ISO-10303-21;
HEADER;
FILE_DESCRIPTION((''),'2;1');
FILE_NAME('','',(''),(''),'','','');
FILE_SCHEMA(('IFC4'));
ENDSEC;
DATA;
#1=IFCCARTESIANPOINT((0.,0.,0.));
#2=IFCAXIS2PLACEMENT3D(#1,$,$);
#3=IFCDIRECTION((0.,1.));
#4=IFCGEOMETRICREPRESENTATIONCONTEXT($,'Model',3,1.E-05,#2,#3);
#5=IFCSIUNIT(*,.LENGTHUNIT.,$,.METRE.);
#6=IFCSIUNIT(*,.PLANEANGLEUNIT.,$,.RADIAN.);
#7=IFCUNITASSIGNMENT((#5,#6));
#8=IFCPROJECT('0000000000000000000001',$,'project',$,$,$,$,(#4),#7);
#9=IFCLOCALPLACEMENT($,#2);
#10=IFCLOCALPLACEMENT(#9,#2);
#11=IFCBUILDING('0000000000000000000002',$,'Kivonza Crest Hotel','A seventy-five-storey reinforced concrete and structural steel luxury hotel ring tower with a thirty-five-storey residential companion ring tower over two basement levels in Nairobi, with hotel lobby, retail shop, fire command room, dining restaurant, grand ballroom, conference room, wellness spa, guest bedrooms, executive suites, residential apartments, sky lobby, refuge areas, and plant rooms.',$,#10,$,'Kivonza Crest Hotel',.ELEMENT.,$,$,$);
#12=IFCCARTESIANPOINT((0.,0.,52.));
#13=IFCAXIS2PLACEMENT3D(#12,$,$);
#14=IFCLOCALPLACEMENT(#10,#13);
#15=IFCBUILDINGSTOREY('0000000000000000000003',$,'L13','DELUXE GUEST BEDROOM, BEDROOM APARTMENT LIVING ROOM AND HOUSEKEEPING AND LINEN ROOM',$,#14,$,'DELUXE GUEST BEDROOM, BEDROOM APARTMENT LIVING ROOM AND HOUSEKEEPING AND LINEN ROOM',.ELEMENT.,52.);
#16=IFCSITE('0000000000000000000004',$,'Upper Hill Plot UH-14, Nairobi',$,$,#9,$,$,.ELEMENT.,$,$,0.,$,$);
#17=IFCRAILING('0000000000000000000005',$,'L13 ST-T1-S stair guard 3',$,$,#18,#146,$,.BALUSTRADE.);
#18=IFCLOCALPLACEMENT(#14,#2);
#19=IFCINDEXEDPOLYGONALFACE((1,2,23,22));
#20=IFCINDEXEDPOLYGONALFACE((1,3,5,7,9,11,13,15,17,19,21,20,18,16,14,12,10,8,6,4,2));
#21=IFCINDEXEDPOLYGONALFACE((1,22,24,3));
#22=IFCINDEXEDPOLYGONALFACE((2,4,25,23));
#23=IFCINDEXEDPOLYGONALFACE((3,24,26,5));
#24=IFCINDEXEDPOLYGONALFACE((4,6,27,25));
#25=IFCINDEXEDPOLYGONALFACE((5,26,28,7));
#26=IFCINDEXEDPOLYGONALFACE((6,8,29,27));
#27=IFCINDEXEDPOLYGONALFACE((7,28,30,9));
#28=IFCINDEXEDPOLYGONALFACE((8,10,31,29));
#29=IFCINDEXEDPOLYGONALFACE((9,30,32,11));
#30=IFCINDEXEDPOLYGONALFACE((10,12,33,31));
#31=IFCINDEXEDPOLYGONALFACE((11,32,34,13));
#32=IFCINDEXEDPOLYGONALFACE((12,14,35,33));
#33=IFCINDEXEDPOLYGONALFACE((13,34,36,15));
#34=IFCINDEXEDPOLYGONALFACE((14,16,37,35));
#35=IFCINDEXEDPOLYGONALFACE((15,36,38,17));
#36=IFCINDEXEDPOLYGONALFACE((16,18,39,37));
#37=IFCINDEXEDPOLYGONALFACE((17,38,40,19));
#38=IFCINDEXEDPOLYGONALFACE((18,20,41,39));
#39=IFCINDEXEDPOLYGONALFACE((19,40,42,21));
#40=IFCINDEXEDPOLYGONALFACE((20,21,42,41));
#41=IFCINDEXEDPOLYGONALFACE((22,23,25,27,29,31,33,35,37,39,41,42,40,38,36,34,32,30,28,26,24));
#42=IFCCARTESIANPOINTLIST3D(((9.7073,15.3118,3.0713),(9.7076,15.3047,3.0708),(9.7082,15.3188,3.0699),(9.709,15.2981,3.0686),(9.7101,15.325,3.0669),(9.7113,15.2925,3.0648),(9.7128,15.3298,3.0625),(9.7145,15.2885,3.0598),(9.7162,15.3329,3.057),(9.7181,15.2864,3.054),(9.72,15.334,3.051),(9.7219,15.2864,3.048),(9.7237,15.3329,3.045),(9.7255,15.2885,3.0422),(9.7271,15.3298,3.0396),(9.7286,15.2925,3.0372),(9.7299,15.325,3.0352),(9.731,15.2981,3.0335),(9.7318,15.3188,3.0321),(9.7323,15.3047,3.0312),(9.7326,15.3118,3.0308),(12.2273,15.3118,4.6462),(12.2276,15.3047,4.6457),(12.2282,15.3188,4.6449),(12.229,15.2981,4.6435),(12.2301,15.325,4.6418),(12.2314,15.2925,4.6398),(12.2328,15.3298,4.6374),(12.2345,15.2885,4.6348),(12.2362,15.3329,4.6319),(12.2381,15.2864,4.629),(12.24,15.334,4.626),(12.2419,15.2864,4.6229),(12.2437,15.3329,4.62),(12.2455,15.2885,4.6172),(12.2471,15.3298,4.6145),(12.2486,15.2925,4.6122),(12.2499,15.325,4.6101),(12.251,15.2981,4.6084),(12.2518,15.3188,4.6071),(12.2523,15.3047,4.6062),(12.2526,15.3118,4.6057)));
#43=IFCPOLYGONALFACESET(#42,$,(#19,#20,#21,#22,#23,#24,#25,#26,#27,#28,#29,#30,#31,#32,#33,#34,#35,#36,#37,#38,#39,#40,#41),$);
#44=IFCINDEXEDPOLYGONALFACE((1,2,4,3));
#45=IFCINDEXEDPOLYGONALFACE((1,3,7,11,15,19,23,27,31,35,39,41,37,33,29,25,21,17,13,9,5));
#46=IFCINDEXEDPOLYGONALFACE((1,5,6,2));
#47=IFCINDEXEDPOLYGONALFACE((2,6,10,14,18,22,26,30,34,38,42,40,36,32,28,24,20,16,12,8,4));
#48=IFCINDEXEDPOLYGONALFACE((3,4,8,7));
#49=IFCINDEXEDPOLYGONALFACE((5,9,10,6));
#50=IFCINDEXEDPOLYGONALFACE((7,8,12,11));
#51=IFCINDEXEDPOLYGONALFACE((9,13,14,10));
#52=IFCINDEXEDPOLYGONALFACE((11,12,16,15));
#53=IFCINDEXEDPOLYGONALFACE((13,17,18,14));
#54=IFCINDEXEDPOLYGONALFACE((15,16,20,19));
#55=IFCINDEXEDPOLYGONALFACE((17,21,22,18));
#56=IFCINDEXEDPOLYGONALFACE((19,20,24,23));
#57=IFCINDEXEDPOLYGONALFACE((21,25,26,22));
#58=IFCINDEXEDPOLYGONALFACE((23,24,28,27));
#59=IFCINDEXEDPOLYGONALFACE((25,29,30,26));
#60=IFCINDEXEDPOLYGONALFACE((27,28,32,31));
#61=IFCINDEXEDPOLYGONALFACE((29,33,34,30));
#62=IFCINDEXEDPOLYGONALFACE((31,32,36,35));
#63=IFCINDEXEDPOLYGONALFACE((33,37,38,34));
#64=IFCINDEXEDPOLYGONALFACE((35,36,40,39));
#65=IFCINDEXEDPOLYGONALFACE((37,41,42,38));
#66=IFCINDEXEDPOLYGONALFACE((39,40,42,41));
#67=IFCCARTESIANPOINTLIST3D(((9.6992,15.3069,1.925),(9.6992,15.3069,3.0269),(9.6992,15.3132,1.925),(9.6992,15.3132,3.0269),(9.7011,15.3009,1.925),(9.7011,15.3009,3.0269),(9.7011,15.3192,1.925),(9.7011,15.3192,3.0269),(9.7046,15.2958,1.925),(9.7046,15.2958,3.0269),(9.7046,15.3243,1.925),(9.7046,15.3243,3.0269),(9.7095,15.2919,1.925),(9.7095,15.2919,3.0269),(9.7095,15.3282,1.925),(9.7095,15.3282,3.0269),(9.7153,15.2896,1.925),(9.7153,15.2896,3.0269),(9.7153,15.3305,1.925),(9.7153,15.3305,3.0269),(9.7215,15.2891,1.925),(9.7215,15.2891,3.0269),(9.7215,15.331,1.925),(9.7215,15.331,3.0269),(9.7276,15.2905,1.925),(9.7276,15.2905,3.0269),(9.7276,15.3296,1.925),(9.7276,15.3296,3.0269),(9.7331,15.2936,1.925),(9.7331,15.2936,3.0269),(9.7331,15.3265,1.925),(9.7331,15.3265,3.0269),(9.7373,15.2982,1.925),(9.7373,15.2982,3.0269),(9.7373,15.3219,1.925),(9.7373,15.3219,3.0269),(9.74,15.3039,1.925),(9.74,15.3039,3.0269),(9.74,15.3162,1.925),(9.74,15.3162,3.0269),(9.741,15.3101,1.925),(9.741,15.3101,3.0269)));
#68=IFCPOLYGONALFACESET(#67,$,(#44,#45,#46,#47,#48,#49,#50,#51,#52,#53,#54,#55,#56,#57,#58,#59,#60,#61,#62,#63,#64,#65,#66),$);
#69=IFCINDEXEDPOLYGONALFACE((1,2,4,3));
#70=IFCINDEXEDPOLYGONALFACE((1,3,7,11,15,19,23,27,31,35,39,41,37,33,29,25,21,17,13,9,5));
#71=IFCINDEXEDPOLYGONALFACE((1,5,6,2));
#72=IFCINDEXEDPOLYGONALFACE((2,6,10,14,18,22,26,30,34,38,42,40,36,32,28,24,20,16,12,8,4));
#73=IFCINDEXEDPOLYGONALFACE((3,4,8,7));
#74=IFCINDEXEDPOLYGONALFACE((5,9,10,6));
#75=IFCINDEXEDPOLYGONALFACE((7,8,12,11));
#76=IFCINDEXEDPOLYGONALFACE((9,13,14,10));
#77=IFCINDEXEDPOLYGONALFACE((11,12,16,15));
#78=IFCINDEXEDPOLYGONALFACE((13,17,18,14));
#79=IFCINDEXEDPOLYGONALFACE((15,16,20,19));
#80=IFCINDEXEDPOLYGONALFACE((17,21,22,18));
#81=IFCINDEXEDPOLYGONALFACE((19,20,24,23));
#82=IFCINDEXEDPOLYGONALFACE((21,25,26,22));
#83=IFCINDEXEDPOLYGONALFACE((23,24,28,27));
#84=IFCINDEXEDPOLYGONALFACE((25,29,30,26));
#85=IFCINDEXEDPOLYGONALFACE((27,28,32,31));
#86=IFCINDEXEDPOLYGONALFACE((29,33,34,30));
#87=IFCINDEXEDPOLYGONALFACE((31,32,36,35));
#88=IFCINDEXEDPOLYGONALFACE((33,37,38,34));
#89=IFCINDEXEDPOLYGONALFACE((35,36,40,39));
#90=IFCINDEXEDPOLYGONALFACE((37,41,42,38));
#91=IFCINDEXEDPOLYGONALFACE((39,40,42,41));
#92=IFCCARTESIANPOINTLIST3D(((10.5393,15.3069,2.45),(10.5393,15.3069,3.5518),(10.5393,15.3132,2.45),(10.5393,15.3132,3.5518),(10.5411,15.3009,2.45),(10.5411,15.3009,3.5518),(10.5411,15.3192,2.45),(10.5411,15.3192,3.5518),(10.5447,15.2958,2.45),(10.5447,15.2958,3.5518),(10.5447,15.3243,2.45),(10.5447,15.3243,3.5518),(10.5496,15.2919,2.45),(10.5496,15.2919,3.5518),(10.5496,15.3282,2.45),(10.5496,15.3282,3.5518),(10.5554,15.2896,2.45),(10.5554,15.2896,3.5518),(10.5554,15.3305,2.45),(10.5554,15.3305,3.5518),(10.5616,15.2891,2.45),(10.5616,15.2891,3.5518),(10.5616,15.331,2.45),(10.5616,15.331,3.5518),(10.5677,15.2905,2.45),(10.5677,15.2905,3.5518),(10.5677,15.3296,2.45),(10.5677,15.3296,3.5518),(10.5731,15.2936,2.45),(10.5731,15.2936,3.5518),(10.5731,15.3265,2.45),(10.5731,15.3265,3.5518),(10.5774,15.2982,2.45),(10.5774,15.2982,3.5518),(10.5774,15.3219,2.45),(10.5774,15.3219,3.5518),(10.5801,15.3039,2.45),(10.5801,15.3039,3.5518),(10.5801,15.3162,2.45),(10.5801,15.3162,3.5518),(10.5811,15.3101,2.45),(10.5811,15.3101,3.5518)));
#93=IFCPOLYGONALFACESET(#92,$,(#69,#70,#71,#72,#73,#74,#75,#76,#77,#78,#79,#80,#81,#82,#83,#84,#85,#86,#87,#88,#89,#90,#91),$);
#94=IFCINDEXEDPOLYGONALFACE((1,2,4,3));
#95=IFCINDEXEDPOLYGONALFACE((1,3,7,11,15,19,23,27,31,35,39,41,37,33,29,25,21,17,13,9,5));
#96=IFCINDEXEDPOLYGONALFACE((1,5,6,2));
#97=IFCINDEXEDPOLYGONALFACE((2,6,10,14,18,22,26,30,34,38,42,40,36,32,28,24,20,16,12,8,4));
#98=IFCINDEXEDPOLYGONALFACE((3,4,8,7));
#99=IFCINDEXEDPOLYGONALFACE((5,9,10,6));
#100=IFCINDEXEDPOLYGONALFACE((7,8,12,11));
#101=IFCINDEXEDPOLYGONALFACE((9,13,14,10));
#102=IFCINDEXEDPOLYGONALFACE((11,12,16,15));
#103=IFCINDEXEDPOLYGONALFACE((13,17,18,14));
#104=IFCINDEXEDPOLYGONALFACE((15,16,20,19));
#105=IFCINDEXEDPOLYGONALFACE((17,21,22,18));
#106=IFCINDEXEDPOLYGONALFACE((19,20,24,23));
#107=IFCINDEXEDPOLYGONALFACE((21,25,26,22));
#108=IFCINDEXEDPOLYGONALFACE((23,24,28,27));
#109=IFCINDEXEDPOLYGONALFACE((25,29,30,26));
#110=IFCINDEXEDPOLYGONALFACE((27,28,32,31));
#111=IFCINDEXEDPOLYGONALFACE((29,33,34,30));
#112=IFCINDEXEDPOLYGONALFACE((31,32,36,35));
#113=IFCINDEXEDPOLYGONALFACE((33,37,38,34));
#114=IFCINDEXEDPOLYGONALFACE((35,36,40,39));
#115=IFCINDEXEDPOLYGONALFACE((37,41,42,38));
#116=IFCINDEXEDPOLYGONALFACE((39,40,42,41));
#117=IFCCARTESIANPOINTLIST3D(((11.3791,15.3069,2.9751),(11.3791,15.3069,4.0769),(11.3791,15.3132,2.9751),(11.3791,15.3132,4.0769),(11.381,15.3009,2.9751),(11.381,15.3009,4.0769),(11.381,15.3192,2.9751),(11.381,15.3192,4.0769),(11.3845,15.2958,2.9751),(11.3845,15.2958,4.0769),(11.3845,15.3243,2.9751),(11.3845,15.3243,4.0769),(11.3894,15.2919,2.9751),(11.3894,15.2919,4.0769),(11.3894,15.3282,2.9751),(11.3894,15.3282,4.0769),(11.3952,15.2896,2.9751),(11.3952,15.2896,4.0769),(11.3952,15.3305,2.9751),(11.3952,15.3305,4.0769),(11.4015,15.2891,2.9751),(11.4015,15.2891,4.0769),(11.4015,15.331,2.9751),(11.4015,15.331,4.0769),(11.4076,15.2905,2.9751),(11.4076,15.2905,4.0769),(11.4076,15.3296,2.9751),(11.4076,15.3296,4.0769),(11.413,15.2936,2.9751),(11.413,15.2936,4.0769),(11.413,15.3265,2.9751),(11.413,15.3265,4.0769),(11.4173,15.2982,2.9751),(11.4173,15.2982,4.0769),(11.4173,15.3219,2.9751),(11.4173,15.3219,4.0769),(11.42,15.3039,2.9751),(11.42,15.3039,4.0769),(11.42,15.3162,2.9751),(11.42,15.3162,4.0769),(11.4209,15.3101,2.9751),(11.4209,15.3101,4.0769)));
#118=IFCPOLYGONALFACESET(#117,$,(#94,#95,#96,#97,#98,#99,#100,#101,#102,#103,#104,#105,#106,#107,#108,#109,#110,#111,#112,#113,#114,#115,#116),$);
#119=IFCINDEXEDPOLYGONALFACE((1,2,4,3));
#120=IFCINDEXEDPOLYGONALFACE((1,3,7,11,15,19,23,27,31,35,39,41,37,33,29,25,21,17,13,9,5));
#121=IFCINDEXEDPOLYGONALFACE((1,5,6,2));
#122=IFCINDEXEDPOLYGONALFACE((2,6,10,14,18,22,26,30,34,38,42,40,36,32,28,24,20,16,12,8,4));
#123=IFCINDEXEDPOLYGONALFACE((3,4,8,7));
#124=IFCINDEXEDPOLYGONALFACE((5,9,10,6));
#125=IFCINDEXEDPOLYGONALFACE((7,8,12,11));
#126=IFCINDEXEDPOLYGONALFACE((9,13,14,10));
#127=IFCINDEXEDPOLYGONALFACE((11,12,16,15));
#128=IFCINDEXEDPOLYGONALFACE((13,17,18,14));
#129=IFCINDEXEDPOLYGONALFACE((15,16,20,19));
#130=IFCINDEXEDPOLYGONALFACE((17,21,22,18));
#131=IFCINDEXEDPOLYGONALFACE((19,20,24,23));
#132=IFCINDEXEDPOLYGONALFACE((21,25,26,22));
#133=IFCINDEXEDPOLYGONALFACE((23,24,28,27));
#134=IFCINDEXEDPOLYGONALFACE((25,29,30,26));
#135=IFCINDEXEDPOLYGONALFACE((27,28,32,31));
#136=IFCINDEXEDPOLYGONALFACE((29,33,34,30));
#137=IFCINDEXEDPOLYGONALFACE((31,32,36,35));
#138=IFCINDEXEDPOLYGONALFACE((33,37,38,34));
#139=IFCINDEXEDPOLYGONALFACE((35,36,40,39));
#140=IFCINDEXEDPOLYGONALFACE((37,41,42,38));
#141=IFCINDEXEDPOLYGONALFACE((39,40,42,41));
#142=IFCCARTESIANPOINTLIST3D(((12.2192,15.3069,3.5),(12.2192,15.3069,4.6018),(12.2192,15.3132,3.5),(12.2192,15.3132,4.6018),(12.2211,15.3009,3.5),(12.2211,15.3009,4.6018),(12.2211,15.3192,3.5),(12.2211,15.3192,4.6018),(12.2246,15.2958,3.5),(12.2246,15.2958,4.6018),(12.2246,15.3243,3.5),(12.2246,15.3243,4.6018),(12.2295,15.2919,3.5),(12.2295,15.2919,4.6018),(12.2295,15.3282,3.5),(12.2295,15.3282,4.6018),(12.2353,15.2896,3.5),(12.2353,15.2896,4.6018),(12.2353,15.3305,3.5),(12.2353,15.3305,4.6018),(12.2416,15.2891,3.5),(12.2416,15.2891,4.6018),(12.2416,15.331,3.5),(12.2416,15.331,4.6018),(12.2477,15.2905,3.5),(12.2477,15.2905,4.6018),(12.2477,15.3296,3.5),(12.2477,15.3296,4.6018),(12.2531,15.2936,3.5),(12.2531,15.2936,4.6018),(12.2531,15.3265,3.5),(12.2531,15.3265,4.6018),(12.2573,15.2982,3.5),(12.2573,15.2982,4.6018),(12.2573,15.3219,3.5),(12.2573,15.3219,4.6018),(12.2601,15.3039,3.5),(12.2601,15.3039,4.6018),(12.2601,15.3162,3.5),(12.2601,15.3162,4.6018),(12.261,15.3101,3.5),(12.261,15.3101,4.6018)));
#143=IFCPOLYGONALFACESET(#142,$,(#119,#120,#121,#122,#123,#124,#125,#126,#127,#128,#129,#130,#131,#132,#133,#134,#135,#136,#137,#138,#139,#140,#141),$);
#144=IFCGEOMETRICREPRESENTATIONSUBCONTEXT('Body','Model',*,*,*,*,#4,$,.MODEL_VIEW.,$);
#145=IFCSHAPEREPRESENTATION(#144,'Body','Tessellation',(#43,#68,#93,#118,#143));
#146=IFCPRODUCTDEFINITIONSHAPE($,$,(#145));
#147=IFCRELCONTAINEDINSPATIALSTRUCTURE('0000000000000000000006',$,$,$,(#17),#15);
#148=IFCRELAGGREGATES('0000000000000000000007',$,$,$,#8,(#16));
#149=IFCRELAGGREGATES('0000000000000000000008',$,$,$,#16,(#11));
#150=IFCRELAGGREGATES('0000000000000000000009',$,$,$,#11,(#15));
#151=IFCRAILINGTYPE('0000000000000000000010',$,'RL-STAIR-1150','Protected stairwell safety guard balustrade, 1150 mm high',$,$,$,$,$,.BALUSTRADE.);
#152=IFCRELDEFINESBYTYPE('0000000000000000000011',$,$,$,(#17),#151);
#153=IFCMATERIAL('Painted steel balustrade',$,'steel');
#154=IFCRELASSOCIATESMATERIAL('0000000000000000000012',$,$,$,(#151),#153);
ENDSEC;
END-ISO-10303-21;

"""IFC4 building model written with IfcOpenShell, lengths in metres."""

from ifc_helpers import new_model, si_unit, direction, frame, origin, origin_2d, place, context, subcontext, project, spatial, circle, extrude, material, type_object, element, save


model = new_model("IFC4")

# Units and contexts
model_context = context("Model", 3, precision=1e-05, world=origin(), true_north=direction((0.0, 1.0)))
body_context = subcontext(model_context, "Body", "Model", "MODEL_VIEW")
ifc_project = project(units=[si_unit("LENGTHUNIT", "METRE"), si_unit("PLANEANGLEUNIT", "RADIAN")], contexts=[model_context])

# Site, building, storey
site_placement = place(None, origin())
site = spatial("IfcSite", under=ifc_project, at=site_placement, Name="Upper Hill Plot UH-14, Nairobi", CompositionType="ELEMENT", RefElevation=0.0)
building_placement = place(site_placement, origin())
building = spatial("IfcBuilding", under=site, at=building_placement, Name="Kivonza Crest Hotel", Description="A seventy-five-storey reinforced concrete and structural steel luxury hotel ring tower with a thirty-five-storey residential companion ring tower over two basement levels in Nairobi, with hotel lobby, retail shop, fire command room, dining restaurant, grand ballroom, conference room, wellness spa, guest bedrooms, executive suites, residential apartments, sky lobby, refuge areas, and plant rooms.", LongName="Kivonza Crest Hotel", CompositionType="ELEMENT")
storey_placement = place(building_placement, frame((0.0, 0.0, 52.0)))
storey = spatial("IfcBuildingStorey", under=building, at=storey_placement, Name="L13", Description="DELUXE GUEST BEDROOM, BEDROOM APARTMENT LIVING ROOM AND HOUSEKEEPING AND LINEN ROOM", LongName="DELUXE GUEST BEDROOM, BEDROOM APARTMENT LIVING ROOM AND HOUSEKEEPING AND LINEN ROOM", CompositionType="ELEMENT", Elevation=52.0)

# Railing
ifc_material_1 = material(Name="Painted steel balustrade", Category="steel")
railing_type_1 = type_object("IfcRailingType", Name="RL-STAIR-1150", Description="Protected stairwell safety guard balustrade, 1150 mm high", PredefinedType="BALUSTRADE", material=ifc_material_1)
railing_1_placement = place(storey_placement, frame((9.72, 15.3101, 1.925)))
element("IfcRailing", 1, at=railing_1_placement, inside=storey, type_object=railing_type_1, Name="L13 ST-T1-S stair guard 3", PredefinedType="BALUSTRADE", context=body_context, shape_type="SweptSolid", body=[
    extrude(circle(Radius=0.0239, at=origin_2d()), frame((0.0, 0.0, 1.126), z_axis=(0.848008, 0.0, 0.529984), x_axis=(0.0, 1.0, 0.0)), (0.0, 0.0, 1.0), 2.9717),
    extrude(circle(Radius=0.021, at=origin_2d()), origin(), (0.0, 0.0, 1.0), 1.1018),
    extrude(circle(Radius=0.021, at=origin_2d()), frame((0.8401, 0.0, 0.5249)), (0.0, 0.0, 1.0), 1.1018),
    extrude(circle(Radius=0.021, at=origin_2d()), frame((1.6799, 0.0, 1.05)), (0.0, 0.0, 1.0), 1.1018),
    extrude(circle(Radius=0.021, at=origin_2d()), frame((2.52, 0.0, 1.575)), (0.0, 0.0, 1.0), 1.1018),
])

save(model, "model.ifc")
